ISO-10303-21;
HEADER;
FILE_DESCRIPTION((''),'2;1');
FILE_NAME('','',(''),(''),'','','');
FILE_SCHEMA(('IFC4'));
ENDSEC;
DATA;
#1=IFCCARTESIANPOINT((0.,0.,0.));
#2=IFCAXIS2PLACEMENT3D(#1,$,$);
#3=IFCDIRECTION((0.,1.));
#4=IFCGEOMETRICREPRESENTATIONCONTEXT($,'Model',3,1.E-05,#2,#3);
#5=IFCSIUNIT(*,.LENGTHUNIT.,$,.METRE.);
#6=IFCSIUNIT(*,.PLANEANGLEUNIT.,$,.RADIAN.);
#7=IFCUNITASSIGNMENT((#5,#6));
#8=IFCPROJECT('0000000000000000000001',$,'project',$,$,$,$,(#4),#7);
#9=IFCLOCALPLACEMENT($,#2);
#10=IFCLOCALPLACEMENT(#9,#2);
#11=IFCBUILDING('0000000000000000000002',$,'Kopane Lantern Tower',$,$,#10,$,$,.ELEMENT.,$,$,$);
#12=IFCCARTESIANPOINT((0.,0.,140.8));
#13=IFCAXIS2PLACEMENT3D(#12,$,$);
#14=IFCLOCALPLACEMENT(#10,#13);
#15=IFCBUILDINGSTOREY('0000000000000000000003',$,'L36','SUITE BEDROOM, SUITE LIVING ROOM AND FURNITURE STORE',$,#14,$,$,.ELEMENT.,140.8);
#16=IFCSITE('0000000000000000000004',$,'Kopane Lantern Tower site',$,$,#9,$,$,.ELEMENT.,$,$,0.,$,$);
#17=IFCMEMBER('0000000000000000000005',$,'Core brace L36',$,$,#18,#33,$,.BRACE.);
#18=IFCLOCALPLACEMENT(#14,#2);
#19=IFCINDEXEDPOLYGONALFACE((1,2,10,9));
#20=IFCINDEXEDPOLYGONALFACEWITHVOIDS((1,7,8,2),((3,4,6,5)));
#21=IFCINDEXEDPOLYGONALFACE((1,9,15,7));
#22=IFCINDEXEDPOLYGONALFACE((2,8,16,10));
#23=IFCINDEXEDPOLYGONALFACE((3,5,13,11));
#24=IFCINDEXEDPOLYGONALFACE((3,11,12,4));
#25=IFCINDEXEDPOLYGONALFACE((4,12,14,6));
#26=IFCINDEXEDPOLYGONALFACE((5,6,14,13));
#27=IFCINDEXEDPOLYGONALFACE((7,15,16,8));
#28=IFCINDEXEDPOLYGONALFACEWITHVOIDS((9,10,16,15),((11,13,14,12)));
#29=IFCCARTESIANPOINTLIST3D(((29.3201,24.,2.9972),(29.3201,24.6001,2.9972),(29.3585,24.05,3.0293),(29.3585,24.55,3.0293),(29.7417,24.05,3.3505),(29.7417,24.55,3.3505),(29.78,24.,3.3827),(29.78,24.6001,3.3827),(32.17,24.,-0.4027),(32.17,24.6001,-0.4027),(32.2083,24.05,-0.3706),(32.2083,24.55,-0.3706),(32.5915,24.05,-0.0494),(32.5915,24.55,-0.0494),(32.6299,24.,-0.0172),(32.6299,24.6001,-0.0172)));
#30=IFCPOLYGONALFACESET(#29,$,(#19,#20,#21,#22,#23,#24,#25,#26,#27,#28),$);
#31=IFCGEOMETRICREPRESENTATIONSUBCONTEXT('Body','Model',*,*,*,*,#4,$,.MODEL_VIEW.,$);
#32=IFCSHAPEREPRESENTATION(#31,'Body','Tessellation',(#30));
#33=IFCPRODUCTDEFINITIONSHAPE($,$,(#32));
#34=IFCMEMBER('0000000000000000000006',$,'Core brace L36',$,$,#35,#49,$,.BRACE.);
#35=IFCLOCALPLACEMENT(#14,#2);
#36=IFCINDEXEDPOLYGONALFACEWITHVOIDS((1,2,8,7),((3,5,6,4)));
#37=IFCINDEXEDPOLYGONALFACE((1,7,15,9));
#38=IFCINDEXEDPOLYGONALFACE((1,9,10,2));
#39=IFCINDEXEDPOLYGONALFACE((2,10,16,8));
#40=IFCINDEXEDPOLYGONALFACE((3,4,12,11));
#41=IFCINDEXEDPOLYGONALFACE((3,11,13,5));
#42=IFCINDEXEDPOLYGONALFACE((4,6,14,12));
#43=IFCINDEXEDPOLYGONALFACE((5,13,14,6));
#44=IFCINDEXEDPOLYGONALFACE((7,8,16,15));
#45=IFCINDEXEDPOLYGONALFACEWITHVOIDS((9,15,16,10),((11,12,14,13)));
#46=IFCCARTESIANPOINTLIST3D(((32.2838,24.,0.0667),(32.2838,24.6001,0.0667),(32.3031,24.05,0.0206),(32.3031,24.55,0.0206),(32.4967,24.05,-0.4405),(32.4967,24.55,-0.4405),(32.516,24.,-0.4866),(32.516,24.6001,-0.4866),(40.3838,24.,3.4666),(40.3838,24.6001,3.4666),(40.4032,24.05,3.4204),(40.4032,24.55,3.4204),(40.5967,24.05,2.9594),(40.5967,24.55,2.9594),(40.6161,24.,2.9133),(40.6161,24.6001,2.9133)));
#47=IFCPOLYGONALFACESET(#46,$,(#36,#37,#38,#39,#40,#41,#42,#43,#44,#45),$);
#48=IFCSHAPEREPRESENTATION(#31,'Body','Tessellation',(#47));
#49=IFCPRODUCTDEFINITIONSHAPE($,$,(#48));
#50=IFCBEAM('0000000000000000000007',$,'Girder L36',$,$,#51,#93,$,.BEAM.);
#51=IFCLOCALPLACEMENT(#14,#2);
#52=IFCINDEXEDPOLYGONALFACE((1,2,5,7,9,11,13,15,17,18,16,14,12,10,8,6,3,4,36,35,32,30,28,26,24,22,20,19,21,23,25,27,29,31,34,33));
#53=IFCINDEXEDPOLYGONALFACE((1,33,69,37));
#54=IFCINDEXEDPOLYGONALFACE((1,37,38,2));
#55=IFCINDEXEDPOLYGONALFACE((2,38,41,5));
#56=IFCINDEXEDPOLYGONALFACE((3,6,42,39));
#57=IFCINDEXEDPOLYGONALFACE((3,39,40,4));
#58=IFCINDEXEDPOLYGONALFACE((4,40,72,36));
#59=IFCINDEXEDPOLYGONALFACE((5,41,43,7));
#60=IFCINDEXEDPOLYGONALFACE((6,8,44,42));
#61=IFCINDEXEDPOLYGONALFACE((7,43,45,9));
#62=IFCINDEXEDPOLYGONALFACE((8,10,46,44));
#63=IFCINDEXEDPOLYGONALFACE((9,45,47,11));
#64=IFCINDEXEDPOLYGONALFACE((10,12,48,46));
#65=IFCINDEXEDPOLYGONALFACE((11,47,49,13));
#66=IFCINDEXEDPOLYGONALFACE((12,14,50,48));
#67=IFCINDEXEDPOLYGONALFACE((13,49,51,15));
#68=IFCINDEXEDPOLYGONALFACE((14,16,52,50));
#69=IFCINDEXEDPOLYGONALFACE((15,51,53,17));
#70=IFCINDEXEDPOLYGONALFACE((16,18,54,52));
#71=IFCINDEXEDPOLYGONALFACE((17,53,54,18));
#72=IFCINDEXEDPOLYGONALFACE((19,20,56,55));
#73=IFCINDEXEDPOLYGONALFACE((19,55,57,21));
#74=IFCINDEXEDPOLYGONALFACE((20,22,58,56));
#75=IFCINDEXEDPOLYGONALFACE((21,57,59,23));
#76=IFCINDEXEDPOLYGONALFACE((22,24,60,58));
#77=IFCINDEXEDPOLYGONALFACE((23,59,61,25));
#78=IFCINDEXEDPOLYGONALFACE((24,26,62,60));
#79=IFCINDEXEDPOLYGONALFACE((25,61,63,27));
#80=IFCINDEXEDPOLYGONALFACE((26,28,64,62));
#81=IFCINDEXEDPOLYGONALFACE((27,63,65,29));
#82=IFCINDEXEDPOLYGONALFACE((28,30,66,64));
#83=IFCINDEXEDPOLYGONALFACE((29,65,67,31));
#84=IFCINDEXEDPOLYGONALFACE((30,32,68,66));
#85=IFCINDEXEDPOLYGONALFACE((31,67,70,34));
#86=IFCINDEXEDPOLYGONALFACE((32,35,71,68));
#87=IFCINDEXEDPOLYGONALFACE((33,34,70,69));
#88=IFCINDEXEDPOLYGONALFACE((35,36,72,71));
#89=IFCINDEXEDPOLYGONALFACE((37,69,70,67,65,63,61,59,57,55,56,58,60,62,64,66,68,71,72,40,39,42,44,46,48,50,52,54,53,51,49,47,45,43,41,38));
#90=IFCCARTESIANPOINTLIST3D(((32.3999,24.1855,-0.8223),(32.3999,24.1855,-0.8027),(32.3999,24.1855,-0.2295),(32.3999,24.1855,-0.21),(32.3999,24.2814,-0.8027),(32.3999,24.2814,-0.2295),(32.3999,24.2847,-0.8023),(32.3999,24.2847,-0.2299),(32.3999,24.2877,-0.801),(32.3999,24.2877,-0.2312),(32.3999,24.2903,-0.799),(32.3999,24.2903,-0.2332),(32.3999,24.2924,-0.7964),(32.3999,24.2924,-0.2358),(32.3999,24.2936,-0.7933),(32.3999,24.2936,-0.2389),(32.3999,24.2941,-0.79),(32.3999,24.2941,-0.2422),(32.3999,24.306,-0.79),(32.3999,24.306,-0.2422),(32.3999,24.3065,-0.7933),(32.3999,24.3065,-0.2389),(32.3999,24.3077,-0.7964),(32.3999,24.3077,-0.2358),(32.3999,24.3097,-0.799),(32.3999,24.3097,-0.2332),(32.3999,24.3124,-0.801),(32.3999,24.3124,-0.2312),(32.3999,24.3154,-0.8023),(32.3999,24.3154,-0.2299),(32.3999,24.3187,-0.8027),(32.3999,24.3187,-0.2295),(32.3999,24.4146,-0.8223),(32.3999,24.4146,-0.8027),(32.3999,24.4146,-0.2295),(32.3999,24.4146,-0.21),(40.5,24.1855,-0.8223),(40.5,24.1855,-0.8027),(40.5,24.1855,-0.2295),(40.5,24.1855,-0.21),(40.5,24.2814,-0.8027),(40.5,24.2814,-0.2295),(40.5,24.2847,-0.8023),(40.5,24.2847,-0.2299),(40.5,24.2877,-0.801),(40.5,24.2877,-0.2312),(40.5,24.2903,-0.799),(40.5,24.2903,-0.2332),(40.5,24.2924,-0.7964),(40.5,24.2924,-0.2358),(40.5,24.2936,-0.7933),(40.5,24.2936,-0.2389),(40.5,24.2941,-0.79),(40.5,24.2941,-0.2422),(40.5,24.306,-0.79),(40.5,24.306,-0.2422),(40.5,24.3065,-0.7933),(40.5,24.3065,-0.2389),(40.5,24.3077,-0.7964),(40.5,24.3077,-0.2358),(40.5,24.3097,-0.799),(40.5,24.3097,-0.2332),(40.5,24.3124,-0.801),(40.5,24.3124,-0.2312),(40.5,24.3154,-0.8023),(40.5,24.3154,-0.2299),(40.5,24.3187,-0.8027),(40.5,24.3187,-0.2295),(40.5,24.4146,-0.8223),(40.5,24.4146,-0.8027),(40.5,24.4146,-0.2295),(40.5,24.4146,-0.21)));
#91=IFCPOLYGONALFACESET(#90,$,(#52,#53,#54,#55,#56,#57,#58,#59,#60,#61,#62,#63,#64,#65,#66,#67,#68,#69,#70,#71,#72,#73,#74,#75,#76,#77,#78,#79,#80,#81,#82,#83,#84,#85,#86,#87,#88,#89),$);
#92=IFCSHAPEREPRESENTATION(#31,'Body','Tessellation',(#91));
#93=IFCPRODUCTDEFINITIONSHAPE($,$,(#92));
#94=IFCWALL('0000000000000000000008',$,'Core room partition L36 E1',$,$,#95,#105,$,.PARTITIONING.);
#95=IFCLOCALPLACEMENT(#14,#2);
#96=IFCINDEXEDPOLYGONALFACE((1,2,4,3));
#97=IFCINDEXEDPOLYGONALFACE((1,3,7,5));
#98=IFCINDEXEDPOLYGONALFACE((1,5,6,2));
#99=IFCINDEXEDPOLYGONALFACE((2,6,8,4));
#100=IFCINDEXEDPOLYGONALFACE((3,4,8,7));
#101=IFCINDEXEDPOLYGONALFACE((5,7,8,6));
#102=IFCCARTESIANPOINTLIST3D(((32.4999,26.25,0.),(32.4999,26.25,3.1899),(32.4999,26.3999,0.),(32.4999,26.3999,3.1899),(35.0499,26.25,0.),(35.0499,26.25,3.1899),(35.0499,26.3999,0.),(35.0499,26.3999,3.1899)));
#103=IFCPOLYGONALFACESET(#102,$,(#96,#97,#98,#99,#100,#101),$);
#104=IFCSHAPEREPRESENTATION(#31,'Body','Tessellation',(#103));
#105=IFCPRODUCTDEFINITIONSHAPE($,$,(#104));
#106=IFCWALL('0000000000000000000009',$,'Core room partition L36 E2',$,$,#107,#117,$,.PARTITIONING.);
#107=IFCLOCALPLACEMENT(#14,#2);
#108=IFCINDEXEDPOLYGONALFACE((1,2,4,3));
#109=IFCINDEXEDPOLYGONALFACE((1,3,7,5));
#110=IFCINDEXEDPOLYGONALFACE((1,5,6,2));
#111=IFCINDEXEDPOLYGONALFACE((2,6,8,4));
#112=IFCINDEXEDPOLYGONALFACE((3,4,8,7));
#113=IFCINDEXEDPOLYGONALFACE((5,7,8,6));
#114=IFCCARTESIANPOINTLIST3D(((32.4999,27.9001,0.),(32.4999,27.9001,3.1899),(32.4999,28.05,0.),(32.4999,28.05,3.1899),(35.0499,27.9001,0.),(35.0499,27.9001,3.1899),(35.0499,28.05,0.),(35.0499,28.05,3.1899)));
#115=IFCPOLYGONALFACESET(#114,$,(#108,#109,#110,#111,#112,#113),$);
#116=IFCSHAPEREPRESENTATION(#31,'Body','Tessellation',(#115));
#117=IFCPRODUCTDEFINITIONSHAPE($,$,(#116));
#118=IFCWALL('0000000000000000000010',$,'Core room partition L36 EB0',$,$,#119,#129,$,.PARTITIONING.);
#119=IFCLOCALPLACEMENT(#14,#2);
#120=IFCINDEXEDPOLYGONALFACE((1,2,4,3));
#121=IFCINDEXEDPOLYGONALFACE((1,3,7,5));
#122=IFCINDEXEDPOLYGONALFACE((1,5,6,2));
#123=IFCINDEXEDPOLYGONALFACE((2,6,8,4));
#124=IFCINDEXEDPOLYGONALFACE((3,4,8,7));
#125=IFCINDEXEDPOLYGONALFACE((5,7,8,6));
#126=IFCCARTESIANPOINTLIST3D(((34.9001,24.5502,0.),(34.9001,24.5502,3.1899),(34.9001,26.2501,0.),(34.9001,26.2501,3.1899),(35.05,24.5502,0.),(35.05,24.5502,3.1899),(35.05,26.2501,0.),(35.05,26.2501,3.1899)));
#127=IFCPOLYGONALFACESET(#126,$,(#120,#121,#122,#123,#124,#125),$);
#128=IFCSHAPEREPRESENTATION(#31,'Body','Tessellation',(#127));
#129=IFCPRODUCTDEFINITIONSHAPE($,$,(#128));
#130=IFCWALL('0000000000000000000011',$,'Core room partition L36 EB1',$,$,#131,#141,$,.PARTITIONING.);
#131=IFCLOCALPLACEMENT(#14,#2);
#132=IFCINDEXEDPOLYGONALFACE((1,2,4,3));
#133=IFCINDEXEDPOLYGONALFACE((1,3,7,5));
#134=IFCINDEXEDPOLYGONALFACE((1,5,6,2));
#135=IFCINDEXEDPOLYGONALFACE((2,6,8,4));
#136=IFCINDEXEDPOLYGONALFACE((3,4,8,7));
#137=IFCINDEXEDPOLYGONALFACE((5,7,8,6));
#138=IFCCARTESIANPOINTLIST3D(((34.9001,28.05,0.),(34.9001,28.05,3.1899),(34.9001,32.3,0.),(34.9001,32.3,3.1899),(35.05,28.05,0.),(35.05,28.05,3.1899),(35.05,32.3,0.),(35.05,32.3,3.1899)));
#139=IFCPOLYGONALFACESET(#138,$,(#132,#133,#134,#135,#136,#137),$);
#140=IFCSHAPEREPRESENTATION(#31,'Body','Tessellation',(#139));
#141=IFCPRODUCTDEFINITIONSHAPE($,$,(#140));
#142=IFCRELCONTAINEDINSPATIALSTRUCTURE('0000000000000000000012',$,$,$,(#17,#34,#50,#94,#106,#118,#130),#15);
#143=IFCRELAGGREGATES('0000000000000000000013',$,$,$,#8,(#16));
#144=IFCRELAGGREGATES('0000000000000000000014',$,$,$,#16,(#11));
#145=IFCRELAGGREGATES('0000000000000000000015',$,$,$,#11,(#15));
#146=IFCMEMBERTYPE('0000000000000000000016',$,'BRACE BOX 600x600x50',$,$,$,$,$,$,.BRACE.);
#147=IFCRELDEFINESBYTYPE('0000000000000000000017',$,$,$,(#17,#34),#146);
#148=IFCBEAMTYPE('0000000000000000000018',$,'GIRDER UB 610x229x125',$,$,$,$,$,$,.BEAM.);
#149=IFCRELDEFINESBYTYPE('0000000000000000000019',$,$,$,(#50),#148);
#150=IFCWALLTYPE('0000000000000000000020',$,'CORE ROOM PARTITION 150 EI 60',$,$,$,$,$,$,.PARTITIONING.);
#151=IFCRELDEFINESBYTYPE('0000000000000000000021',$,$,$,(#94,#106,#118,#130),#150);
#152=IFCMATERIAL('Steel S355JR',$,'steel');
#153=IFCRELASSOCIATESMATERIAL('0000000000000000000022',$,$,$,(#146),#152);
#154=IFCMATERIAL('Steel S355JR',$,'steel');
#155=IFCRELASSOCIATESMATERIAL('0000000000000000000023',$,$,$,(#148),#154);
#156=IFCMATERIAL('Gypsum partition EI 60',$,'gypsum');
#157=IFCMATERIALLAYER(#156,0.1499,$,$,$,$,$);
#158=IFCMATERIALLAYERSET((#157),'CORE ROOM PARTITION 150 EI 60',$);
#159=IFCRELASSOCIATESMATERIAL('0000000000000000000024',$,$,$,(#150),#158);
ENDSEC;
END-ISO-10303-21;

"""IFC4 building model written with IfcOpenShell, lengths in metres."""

from ifc_helpers import new_model, si_unit, direction, frame, frame_2d, origin, origin_2d, place, context, subcontext, project, spatial, rectangle, hollow_rectangle, i_section, extrude, material, layer, layer_set, material_profile, profile_set, type_object, element, save


model = new_model("IFC4")

# Units and contexts
model_context = context("Model", 3, precision=1e-05, world=origin(), true_north=direction((0.0, 1.0)))
body_context = subcontext(model_context, "Body", "Model", "MODEL_VIEW")
ifc_project = project(units=[si_unit("LENGTHUNIT", "METRE"), si_unit("PLANEANGLEUNIT", "RADIAN")], contexts=[model_context])

# Site, building, storey
site_placement = place(None, origin())
site = spatial("IfcSite", under=ifc_project, at=site_placement, Name="Kopane Lantern Tower site", CompositionType="ELEMENT", RefElevation=0.0)
building_placement = place(site_placement, origin())
building = spatial("IfcBuilding", under=site, at=building_placement, Name="Kopane Lantern Tower", CompositionType="ELEMENT")
storey_placement = place(building_placement, frame((0.0, 0.0, 140.8)))
storey = spatial("IfcBuildingStorey", under=building, at=storey_placement, Name="L36", Description="SUITE BEDROOM, SUITE LIVING ROOM AND FURNITURE STORE", CompositionType="ELEMENT", Elevation=140.8)

# Members
ifc_material_1 = material(Name="Steel S355JR", Category="steel")
ifc_material_profile_1 = material_profile(ifc_material_1, hollow_rectangle(XDim=0.6001, YDim=0.6001, WallThickness=0.05, at=origin_2d()), Name="BOX 600x600x50")
ifc_profile_set_1 = profile_set([ifc_material_profile_1], Name="Steel S355JR")
member_type = type_object("IfcMemberType", Name="BRACE BOX 600x600x50", PredefinedType="BRACE", material=ifc_profile_set_1)
member_1_placement = place(storey_placement, frame((32.3999, 24.3, -0.21), z_axis=(-0.64239, 0.0, 0.766378), x_axis=(0.0, -1.0, 0.0)))
element("IfcMember", 1, at=member_1_placement, inside=storey, type_object=member_type, Name="Core brace L36", PredefinedType="BRACE", context=body_context, shape_type="SweptSolid", body=[
    extrude(hollow_rectangle(XDim=0.6001, YDim=0.6001, WallThickness=0.05, at=origin_2d()), origin(), (0.0, 0.0, 1.0), 4.4363),
])
member_2_placement = place(storey_placement, frame((32.3999, 24.3, -0.21), z_axis=(0.922069, 0.0, 0.387026), x_axis=(0.0, 1.0, 0.0)))
element("IfcMember", 2, at=member_2_placement, inside=storey, type_object=member_type, Name="Core brace L36", PredefinedType="BRACE", context=body_context, shape_type="SweptSolid", body=[
    extrude(hollow_rectangle(XDim=0.6001, YDim=0.6001, WallThickness=0.05, at=origin_2d()), origin(), (0.0, 0.0, 1.0), 8.7847),
])

# Beam
ifc_material_2 = material(Name="Steel S355JR", Category="steel")
ifc_material_profile_2 = material_profile(ifc_material_2, i_section(OverallWidth=0.229, OverallDepth=0.6123, WebThickness=0.012, FlangeThickness=0.0195, FilletRadius=0.0127, at=origin_2d()), Name="UB 610x229x125")
ifc_profile_set_2 = profile_set([ifc_material_profile_2], Name="Steel S355JR")
beam_type = type_object("IfcBeamType", Name="GIRDER UB 610x229x125", PredefinedType="BEAM", material=ifc_profile_set_2)
beam_placement = place(storey_placement, frame((32.3999, 24.3, -0.5161), z_axis=(1.0, 0.0, 0.0), x_axis=(0.0, 1.0, 0.0)))
element("IfcBeam", 3, at=beam_placement, inside=storey, type_object=beam_type, Name="Girder L36", PredefinedType="BEAM", context=body_context, shape_type="SweptSolid", body=[
    extrude(i_section(OverallWidth=0.229, OverallDepth=0.6123, WebThickness=0.012, FlangeThickness=0.0195, FilletRadius=0.0127, at=origin_2d()), origin(), (0.0, 0.0, 1.0), 8.1001),
])

# Walls
ifc_material_3 = material(Name="Gypsum partition EI 60", Category="gypsum")
ifc_layer_1 = layer(ifc_material_3, 0.1499)
ifc_layer_set_1 = layer_set([ifc_layer_1], Name="CORE ROOM PARTITION 150 EI 60")
wall_type_1 = type_object("IfcWallType", Name="CORE ROOM PARTITION 150 EI 60", PredefinedType="PARTITIONING", material=ifc_layer_set_1)
for number, where, z_axis, x_axis, name in (
    (4, (32.5, 26.325, 0.0), (0.0, 0.0, 1.0), (1.0, 0.0, 0.0), "Core room partition L36 E1"),
    (5, (32.5, 27.9751, 0.0), (0.0, 0.0, 1.0), (1.0, 0.0, 0.0), "Core room partition L36 E2"),
):
    element("IfcWall", number, at=place(storey_placement, frame(where, z_axis=z_axis, x_axis=x_axis)), inside=storey, type_object=wall_type_1, Name=name, PredefinedType="PARTITIONING", context=body_context, shape_type="SweptSolid", body=[
        extrude(rectangle(XDim=2.55, YDim=0.1499, at=frame_2d((1.2749, 0.0))), origin(), (0.0, 0.0, 1.0), 3.1899),
    ])
wall_1_placement = place(storey_placement, frame((34.9751, 24.55, 0.0), z_axis=(0.0, 0.0, 1.0), x_axis=(0.0, 1.0, 0.0)))
element("IfcWall", 6, at=wall_1_placement, inside=storey, type_object=wall_type_1, Name="Core room partition L36 EB0", PredefinedType="PARTITIONING", context=body_context, shape_type="SweptSolid", body=[
    extrude(rectangle(XDim=1.7, YDim=0.1499, at=frame_2d((0.8501, 0.0))), origin(), (0.0, 0.0, 1.0), 3.1899),
])
wall_2_placement = place(storey_placement, frame((34.9751, 28.05, 0.0), z_axis=(0.0, 0.0, 1.0), x_axis=(0.0, 1.0, 0.0)))
element("IfcWall", 7, at=wall_2_placement, inside=storey, type_object=wall_type_1, Name="Core room partition L36 EB1", PredefinedType="PARTITIONING", context=body_context, shape_type="SweptSolid", body=[
    extrude(rectangle(XDim=4.25, YDim=0.1499, at=frame_2d((2.125, 0.0))), origin(), (0.0, 0.0, 1.0), 3.1899),
])

save(model, "model.ifc")
